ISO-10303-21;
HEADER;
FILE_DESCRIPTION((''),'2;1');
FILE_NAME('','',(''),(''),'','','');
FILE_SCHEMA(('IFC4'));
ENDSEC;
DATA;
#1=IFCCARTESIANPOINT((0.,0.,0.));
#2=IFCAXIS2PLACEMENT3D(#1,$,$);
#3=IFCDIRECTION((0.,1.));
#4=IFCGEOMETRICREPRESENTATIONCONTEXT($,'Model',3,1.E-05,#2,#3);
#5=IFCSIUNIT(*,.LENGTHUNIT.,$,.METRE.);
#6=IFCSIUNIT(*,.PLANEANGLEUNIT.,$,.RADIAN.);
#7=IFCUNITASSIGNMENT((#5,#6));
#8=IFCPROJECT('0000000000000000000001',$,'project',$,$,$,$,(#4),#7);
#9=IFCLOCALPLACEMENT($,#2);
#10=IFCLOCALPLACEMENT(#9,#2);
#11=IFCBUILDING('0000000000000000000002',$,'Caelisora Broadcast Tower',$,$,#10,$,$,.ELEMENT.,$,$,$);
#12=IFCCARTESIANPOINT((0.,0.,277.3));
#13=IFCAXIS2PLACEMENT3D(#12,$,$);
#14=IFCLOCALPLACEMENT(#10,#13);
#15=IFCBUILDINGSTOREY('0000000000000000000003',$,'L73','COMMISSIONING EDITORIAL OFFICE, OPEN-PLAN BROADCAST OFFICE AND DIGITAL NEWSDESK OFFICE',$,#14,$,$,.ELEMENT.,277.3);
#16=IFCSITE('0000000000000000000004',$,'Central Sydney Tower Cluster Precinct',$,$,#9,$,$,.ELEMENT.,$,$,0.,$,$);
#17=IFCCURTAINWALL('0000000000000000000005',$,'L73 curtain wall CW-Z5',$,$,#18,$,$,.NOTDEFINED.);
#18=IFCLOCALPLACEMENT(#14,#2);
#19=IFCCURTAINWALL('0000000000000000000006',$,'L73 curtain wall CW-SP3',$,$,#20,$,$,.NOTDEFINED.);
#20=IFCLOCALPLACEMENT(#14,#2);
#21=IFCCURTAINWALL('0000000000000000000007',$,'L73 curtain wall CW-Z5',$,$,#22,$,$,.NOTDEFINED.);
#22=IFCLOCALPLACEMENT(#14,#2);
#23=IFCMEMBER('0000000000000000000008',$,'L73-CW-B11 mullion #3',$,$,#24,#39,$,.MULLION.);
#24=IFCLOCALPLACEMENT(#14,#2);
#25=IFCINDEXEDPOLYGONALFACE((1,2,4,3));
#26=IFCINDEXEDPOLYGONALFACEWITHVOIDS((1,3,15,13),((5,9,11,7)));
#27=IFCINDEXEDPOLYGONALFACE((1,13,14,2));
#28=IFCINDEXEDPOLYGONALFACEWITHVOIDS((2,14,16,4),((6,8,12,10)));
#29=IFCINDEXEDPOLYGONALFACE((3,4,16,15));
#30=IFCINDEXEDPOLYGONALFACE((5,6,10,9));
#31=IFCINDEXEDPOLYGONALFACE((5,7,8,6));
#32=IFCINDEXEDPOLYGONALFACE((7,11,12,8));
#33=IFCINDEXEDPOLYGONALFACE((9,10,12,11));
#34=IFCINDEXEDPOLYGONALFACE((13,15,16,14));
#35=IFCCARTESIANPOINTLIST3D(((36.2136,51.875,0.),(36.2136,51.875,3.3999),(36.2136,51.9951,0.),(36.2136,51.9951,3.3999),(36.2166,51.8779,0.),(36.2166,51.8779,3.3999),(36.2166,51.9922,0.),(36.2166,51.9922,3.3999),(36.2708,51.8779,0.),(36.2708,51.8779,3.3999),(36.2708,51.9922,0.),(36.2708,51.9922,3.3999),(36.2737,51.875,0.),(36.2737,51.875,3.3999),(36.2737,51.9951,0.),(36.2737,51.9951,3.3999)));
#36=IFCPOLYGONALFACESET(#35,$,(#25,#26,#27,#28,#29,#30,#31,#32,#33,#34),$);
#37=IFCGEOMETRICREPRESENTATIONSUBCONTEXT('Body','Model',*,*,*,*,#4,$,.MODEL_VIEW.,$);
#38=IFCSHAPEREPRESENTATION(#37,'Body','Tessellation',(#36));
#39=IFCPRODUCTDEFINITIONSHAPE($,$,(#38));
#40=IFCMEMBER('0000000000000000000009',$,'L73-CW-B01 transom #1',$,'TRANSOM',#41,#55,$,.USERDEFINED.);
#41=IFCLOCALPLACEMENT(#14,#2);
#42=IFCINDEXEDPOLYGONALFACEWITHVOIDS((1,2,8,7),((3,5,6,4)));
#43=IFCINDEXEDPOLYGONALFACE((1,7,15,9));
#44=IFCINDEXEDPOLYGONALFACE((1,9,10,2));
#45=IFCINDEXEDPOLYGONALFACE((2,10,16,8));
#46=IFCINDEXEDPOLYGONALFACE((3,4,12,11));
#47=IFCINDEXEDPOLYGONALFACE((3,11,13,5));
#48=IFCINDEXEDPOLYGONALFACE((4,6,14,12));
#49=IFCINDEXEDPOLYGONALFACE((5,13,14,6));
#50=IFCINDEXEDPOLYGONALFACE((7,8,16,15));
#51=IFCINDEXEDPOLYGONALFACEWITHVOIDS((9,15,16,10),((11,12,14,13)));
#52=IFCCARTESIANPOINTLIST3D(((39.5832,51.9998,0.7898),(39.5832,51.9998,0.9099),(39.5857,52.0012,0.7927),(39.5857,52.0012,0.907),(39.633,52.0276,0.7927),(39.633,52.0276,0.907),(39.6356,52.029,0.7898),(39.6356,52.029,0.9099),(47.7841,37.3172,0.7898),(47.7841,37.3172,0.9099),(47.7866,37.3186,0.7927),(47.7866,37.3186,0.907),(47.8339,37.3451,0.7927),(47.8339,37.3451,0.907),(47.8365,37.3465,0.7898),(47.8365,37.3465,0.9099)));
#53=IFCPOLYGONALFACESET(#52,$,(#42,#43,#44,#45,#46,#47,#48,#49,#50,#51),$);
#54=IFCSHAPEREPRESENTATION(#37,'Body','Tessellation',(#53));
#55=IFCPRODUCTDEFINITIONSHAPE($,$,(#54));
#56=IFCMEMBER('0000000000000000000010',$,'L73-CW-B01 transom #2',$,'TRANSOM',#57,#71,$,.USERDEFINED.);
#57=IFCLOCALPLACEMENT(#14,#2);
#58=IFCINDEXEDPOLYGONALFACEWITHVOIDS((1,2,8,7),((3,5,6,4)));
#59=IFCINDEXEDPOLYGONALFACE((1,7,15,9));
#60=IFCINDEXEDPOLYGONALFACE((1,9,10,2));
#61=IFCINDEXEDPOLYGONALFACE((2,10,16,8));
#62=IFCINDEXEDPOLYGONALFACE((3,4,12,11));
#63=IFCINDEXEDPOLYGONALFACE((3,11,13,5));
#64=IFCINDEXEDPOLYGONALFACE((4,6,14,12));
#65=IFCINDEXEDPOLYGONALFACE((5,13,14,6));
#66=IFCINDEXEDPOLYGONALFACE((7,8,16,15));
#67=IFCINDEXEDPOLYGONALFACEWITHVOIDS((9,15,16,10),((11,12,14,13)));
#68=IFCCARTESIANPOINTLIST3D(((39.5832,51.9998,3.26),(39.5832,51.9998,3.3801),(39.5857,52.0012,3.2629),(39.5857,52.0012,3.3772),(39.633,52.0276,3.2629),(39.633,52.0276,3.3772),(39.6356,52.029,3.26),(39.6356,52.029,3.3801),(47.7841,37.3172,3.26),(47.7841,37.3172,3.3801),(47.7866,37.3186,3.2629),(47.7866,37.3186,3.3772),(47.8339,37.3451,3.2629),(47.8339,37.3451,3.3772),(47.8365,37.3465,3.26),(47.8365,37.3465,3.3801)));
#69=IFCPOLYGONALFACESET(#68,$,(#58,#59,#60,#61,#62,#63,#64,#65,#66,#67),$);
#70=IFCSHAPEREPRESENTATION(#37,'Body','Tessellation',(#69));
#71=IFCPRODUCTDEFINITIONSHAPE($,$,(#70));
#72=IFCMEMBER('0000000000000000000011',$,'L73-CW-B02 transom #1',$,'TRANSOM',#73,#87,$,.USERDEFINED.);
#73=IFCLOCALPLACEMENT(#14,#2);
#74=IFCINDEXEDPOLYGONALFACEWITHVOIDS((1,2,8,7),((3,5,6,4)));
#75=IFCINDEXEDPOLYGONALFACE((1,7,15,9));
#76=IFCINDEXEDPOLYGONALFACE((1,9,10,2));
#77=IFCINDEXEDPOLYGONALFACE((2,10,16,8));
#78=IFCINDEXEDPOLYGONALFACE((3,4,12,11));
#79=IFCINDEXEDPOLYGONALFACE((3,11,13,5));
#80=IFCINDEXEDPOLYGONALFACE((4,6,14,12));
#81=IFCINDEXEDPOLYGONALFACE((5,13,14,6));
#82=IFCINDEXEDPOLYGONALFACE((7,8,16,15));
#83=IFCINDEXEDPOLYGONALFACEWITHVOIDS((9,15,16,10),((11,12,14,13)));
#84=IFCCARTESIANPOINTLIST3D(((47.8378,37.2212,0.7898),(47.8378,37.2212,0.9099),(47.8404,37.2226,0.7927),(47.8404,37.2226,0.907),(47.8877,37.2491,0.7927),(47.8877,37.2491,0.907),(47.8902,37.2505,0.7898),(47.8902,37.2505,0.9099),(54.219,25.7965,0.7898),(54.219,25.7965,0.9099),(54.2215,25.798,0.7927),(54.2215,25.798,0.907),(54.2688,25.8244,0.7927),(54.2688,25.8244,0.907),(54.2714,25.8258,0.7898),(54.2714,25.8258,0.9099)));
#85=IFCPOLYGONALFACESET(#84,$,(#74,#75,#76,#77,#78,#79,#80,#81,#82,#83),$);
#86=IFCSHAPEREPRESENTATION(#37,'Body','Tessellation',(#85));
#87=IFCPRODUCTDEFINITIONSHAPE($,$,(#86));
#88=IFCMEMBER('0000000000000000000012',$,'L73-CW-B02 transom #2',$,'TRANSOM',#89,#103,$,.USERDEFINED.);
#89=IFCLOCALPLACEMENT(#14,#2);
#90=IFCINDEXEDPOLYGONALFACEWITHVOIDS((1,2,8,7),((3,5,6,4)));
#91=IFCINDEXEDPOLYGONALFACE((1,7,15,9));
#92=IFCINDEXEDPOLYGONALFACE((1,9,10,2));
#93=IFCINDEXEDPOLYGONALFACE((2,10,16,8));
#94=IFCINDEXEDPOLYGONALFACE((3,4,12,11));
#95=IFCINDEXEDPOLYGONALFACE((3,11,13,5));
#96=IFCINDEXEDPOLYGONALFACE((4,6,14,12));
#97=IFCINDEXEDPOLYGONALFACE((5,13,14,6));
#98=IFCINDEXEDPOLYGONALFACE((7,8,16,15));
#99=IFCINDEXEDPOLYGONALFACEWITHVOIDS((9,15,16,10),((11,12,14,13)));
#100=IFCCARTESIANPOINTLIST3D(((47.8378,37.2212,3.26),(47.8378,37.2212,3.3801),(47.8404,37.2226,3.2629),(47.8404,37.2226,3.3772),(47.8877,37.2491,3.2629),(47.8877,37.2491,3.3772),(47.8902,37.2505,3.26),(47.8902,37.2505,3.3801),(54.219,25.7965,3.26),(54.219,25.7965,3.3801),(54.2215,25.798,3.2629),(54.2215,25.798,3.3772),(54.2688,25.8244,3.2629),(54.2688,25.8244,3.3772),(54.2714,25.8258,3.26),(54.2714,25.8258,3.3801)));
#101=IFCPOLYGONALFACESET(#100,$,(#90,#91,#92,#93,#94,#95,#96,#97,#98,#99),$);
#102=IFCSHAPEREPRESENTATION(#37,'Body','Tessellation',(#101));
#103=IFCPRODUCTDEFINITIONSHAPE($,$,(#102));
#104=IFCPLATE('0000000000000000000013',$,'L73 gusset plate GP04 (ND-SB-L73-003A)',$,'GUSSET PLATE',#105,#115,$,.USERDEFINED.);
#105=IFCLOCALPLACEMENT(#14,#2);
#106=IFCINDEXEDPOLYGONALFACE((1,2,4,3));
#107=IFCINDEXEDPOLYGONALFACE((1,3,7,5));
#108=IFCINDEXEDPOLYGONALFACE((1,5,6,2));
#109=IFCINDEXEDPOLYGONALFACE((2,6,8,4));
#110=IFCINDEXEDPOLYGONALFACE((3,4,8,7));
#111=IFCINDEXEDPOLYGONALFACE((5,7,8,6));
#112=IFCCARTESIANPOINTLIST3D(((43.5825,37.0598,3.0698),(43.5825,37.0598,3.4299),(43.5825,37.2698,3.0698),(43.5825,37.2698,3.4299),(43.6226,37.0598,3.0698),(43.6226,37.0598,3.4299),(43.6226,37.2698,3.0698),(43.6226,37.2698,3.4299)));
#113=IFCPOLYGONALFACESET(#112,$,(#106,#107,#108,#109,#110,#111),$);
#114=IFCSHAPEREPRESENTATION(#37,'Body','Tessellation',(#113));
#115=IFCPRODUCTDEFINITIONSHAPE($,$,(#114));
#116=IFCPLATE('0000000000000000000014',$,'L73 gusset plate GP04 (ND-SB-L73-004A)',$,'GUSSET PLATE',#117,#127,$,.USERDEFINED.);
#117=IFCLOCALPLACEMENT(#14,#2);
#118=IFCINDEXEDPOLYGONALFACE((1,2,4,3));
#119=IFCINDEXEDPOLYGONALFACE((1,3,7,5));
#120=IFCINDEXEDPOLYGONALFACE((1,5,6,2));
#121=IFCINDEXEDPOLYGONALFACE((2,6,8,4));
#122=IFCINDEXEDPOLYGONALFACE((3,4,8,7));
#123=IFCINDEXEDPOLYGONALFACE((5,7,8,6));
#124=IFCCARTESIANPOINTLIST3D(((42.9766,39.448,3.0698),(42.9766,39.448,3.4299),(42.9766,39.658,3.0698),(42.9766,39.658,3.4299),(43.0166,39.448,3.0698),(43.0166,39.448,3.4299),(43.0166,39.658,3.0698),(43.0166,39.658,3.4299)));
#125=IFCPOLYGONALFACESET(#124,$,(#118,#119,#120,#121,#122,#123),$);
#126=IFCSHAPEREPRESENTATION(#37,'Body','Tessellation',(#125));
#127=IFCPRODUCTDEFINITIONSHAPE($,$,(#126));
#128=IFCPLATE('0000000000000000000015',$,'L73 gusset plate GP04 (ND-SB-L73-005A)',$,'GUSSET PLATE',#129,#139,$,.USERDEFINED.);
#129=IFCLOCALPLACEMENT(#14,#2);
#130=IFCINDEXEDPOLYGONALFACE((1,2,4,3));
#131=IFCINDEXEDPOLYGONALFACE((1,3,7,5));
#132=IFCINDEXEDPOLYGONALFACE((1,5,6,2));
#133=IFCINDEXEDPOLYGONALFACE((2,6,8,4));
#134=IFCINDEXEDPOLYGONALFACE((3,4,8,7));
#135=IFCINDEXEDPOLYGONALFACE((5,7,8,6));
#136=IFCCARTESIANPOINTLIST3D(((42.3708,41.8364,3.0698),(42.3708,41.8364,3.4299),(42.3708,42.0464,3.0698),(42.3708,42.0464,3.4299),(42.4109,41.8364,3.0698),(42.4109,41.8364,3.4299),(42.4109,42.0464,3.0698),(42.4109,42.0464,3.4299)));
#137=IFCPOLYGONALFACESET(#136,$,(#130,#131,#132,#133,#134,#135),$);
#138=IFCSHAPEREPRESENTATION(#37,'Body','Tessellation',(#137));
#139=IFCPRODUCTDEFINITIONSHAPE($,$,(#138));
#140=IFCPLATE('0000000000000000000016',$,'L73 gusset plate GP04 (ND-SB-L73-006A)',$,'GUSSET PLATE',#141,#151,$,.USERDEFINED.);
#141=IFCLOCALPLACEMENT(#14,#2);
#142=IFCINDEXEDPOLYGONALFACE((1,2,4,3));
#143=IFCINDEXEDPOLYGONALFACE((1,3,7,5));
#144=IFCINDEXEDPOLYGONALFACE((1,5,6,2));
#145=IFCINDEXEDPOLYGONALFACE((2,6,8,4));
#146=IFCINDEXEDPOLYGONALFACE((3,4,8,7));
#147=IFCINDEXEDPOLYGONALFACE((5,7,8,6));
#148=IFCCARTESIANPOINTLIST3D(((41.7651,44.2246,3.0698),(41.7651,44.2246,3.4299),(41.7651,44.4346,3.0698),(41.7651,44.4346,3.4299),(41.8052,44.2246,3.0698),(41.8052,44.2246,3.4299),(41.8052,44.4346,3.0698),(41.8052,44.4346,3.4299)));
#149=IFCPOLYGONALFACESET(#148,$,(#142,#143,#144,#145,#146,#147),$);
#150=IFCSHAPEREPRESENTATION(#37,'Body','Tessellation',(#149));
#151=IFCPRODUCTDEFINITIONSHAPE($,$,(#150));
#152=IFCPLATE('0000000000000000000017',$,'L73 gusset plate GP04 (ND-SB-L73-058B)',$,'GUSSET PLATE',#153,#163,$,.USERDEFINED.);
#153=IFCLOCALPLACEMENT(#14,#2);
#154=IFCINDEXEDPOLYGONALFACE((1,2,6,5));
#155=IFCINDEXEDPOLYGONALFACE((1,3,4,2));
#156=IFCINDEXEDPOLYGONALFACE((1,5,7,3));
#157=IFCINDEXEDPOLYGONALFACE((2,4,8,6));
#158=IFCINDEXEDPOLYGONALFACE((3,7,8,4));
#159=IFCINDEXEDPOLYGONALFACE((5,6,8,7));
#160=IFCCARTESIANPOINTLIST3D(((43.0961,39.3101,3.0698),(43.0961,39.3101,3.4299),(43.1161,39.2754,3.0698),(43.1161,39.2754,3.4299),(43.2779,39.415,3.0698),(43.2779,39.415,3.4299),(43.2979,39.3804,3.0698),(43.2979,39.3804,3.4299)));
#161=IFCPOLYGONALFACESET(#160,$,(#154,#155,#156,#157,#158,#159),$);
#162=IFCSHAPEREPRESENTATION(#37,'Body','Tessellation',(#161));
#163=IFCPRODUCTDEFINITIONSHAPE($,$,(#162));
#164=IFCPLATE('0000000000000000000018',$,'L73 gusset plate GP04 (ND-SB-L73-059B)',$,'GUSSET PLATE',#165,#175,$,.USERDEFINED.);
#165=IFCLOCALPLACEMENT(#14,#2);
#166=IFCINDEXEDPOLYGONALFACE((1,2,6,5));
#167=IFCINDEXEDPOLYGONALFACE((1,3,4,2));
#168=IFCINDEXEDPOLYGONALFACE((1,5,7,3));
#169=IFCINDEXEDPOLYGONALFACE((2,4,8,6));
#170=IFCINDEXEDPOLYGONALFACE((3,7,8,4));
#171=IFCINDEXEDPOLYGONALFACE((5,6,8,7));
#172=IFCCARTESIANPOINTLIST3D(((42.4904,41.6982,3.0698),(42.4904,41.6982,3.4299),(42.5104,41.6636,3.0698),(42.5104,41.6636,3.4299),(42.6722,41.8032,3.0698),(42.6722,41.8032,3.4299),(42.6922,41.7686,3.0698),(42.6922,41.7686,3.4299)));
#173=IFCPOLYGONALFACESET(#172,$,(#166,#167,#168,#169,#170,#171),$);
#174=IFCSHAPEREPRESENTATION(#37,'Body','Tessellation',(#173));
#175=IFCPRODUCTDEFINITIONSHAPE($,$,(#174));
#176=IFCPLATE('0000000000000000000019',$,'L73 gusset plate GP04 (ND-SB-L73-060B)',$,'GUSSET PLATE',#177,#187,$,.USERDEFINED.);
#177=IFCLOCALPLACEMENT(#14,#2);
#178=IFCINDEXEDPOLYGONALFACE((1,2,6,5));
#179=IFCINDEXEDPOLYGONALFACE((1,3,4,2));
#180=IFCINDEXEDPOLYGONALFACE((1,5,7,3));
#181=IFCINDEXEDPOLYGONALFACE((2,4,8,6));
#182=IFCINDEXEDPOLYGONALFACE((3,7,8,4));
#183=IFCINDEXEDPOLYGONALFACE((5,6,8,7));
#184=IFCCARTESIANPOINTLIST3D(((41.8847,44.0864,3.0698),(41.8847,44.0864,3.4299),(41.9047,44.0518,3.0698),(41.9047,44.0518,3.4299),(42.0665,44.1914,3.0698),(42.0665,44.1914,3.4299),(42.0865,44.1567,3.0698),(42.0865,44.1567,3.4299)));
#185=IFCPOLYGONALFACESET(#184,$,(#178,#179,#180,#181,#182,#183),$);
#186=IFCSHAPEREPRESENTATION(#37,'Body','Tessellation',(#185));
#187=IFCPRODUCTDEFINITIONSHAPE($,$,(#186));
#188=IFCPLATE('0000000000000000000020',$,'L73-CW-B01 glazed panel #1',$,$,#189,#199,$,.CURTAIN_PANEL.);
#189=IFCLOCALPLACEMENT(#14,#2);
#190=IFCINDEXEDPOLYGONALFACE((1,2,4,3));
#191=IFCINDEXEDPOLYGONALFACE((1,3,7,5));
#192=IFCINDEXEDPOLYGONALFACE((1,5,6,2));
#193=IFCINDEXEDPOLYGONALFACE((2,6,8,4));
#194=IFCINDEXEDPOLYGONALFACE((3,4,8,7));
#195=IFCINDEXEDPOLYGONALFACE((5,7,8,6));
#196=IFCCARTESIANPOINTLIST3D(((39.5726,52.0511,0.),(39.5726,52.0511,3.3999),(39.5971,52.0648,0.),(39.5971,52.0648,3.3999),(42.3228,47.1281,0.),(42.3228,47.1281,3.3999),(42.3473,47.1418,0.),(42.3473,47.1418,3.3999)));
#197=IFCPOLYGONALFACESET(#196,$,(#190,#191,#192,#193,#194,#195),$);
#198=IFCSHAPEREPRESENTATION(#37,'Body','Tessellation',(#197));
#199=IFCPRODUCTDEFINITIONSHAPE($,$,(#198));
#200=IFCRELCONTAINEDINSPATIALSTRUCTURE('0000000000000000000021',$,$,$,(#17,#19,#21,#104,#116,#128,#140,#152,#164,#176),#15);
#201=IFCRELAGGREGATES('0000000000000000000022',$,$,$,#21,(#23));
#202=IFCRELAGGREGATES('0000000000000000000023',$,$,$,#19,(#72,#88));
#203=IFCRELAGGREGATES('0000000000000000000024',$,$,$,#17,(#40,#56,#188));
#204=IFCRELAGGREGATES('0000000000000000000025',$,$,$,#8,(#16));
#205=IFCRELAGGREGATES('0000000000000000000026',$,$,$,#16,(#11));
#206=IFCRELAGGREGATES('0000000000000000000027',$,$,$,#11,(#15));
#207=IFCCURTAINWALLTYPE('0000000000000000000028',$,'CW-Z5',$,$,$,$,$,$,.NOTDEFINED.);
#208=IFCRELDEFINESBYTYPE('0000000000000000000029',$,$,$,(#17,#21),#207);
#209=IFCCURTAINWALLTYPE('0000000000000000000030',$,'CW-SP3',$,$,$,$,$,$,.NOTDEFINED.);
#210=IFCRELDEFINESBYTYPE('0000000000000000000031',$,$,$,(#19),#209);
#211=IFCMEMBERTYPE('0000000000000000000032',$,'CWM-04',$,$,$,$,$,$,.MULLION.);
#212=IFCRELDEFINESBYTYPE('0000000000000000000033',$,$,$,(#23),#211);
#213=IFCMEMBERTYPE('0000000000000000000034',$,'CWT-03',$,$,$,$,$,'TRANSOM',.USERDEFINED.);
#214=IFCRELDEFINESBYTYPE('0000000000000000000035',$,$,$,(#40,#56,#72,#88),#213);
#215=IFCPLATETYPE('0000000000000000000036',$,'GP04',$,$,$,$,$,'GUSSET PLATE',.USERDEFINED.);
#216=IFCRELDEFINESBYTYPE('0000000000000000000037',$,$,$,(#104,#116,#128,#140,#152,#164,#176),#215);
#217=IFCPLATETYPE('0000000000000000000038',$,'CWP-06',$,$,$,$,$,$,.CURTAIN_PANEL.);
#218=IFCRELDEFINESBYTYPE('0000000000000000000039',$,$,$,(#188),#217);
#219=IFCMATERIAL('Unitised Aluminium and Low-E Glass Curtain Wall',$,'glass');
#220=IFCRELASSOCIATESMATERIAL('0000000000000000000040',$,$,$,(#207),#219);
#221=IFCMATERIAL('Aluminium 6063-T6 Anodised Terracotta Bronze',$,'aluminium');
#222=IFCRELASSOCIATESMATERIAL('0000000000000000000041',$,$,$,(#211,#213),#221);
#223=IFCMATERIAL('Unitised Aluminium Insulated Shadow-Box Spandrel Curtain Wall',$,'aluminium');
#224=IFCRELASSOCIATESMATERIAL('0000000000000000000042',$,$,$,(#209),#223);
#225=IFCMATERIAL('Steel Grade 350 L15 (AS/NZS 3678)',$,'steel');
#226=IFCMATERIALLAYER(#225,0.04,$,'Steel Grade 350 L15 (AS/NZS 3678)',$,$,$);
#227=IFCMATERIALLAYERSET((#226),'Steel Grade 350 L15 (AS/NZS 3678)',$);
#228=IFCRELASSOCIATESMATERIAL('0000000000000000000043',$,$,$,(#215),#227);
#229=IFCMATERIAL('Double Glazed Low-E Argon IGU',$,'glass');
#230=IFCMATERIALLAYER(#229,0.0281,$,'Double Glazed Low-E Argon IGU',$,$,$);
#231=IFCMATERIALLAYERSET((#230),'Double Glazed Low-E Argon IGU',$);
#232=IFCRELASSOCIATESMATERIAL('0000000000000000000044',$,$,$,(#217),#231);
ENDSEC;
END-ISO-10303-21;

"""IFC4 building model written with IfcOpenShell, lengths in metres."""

from ifc_helpers import new_model, si_unit, direction, frame, origin, origin_2d, place, context, subcontext, project, spatial, rectangle, hollow_rectangle, extrude, source, transform, mapped, material, layer, layer_set, material_profile, profile_set, type_object, type_shapes, element, aggregate, save


model = new_model("IFC4")

# Units and contexts
model_context = context("Model", 3, precision=1e-05, world=origin(), true_north=direction((0.0, 1.0)))
body_context = subcontext(model_context, "Body", "Model", "MODEL_VIEW")
ifc_project = project(units=[si_unit("LENGTHUNIT", "METRE"), si_unit("PLANEANGLEUNIT", "RADIAN")], contexts=[model_context])

# Site, building, storey
site_placement = place(None, origin())
site = spatial("IfcSite", under=ifc_project, at=site_placement, Name="Central Sydney Tower Cluster Precinct", CompositionType="ELEMENT", RefElevation=0.0)
building_placement = place(site_placement, origin())
building = spatial("IfcBuilding", under=site, at=building_placement, Name="Caelisora Broadcast Tower", CompositionType="ELEMENT")
storey_placement = place(building_placement, frame((0.0, 0.0, 277.3)))
storey = spatial("IfcBuildingStorey", under=building, at=storey_placement, Name="L73", Description="COMMISSIONING EDITORIAL OFFICE, OPEN-PLAN BROADCAST OFFICE AND DIGITAL NEWSDESK OFFICE", CompositionType="ELEMENT", Elevation=277.3)

# Shared definitions
ifc_material_1 = material(Name="Steel Grade 350 L15 (AS/NZS 3678)", Category="steel")

# Curtain wall
ifc_material_2 = material(Name="Unitised Aluminium and Low-E Glass Curtain Wall", Category="glass")
curtain_wall_type_1 = type_object("IfcCurtainWallType", Name="CW-Z5", PredefinedType="NOTDEFINED", material=ifc_material_2)
curtain_wall_1_placement = place(storey_placement, origin())
curtain_wall_1 = element("IfcCurtainWall", 1, at=curtain_wall_1_placement, inside=storey, type_object=curtain_wall_type_1, Name="L73 curtain wall CW-Z5", PredefinedType="NOTDEFINED")
ifc_material_3 = material(Name="Aluminium 6063-T6 Anodised Terracotta Bronze", Category="aluminium")
ifc_material_profile_1 = material_profile(ifc_material_3, hollow_rectangle(XDim=0.0601, YDim=0.1201, WallThickness=0.0029, at=origin_2d()), Name="Aluminium 6063-T6 Anodised Terracotta Bronze")
ifc_profile_set_1 = profile_set([ifc_material_profile_1], Name="Aluminium 6063-T6 Anodised Terracotta Bronze")
member_type_1 = type_object("IfcMemberType", Name="CWM-04", PredefinedType="MULLION", material=ifc_profile_set_1)
shared_shape_1 = source(origin(), body_context, "Body", "SweptSolid", [
    extrude(hollow_rectangle(XDim=0.0601, YDim=0.1201, WallThickness=0.0029, at=origin_2d()), origin(), (0.0, 0.0, 1.0), 3.3999),
])
type_shapes(member_type_1, [shared_shape_1])

# Curtain walls, member
ifc_material_4 = material(Name="Unitised Aluminium Insulated Shadow-Box Spandrel Curtain Wall", Category="aluminium")
curtain_wall_type_2 = type_object("IfcCurtainWallType", Name="CW-SP3", PredefinedType="NOTDEFINED", material=ifc_material_4)
curtain_wall_2_placement = place(storey_placement, origin())
curtain_wall_2 = element("IfcCurtainWall", 2, at=curtain_wall_2_placement, inside=storey, type_object=curtain_wall_type_2, Name="L73 curtain wall CW-SP3", PredefinedType="NOTDEFINED")
curtain_wall_3_placement = place(storey_placement, origin())
curtain_wall_3 = element("IfcCurtainWall", 3, at=curtain_wall_3_placement, inside=storey, type_object=curtain_wall_type_1, Name="L73 curtain wall CW-Z5", PredefinedType="NOTDEFINED")
member_1_placement = place(storey_placement, frame((36.2437, 51.9351, 0.0), z_axis=(0.0, 0.0, 1.0), x_axis=(1.0, 0.0, 0.0)))
member_1 = element("IfcMember", 4, at=member_1_placement, type_object=member_type_1, Name="L73-CW-B11 mullion #3", PredefinedType="MULLION", context=body_context, shape_type="MappedRepresentation", body=[
    mapped(shared_shape_1, transform((0.0, 0.0, 0.0), scale=1.0)),
])
aggregate(curtain_wall_3, [member_1])

# Members
ifc_material_profile_2 = material_profile(ifc_material_3, hollow_rectangle(XDim=0.0601, YDim=0.1201, WallThickness=0.0029, at=origin_2d()), Name="Aluminium 6063-T6 Anodised Terracotta Bronze")
ifc_profile_set_2 = profile_set([ifc_material_profile_2], Name="Aluminium 6063-T6 Anodised Terracotta Bronze")
member_type_2 = type_object("IfcMemberType", Name="CWT-03", ElementType="TRANSOM", PredefinedType="USERDEFINED", material=ifc_profile_set_2)
shared_shape_2 = source(origin(), body_context, "Body", "SweptSolid", [
    extrude(hollow_rectangle(XDim=0.0601, YDim=0.1201, WallThickness=0.0029, at=origin_2d()), origin(), (0.0, 0.0, 1.0), 16.8176),
])
member_2_placement = place(storey_placement, frame((39.6094, 52.0144, 0.8499), z_axis=(0.487637, -0.873046, 0.0), x_axis=(0.873046, 0.487637, 0.0)))
member_2 = element("IfcMember", 5, at=member_2_placement, type_object=member_type_2, Name="L73-CW-B01 transom #1", ObjectType="TRANSOM", PredefinedType="USERDEFINED", context=body_context, shape_type="MappedRepresentation", body=[
    mapped(shared_shape_2, transform((0.0, 0.0, 0.0), scale=1.0)),
])
member_3_placement = place(storey_placement, frame((39.6094, 52.0144, 3.3201), z_axis=(0.487637, -0.873046, 0.0), x_axis=(0.873046, 0.487637, 0.0)))
member_3 = element("IfcMember", 6, at=member_3_placement, type_object=member_type_2, Name="L73-CW-B01 transom #2", ObjectType="TRANSOM", PredefinedType="USERDEFINED", context=body_context, shape_type="MappedRepresentation", body=[
    mapped(shared_shape_2, transform((0.0, 0.0, 0.0), scale=1.0)),
])
shared_shape_3 = source(origin(), body_context, "Body", "SweptSolid", [
    extrude(hollow_rectangle(XDim=0.0601, YDim=0.1201, WallThickness=0.0029, at=origin_2d()), origin(), (0.0, 0.0, 1.0), 13.0859),
])
type_shapes(member_type_2, [shared_shape_2, shared_shape_3])
member_4_placement = place(storey_placement, frame((47.864, 37.2358, 0.8499), z_axis=(0.487634, -0.873048, 0.0), x_axis=(0.873048, 0.487634, 0.0)))
member_4 = element("IfcMember", 7, at=member_4_placement, type_object=member_type_2, Name="L73-CW-B02 transom #1", ObjectType="TRANSOM", PredefinedType="USERDEFINED", context=body_context, shape_type="MappedRepresentation", body=[
    mapped(shared_shape_3, transform((0.0, 0.0, 0.0), scale=1.0)),
])
member_5_placement = place(storey_placement, frame((47.864, 37.2358, 3.3201), z_axis=(0.487634, -0.873048, 0.0), x_axis=(0.873048, 0.487634, 0.0)))
member_5 = element("IfcMember", 8, at=member_5_placement, type_object=member_type_2, Name="L73-CW-B02 transom #2", ObjectType="TRANSOM", PredefinedType="USERDEFINED", context=body_context, shape_type="MappedRepresentation", body=[
    mapped(shared_shape_3, transform((0.0, 0.0, 0.0), scale=1.0)),
])
aggregate(curtain_wall_2, [member_4, member_5])

# Plates
ifc_layer_1 = layer(ifc_material_1, 0.04, Name="Steel Grade 350 L15 (AS/NZS 3678)")
ifc_layer_set_1 = layer_set([ifc_layer_1], Name="Steel Grade 350 L15 (AS/NZS 3678)")
plate_type_1 = type_object("IfcPlateType", Name="GP04", ElementType="GUSSET PLATE", PredefinedType="USERDEFINED", material=ifc_layer_set_1)
shared_shape_4 = source(origin(), body_context, "Body", "SweptSolid", [
    extrude(rectangle(XDim=0.21, YDim=0.04, at=origin_2d()), origin(), (0.0, 0.0, 1.0), 0.3601),
])
type_shapes(plate_type_1, [shared_shape_4])
for number, where, z_axis, x_axis, name in (
    (9, (43.6025, 37.1648, 3.0698), (0.0, 0.0, 1.0), (0.0, -1.0, 0.0), "L73 gusset plate GP04 (ND-SB-L73-003A)"),
    (10, (42.9966, 39.553, 3.0698), (0.0, 0.0, 1.0), (0.0, -1.0, 0.0), "L73 gusset plate GP04 (ND-SB-L73-004A)"),
    (11, (42.3909, 41.9414, 3.0698), (0.0, 0.0, 1.0), (0.0, -1.0, 0.0), "L73 gusset plate GP04 (ND-SB-L73-005A)"),
    (12, (41.7852, 44.3296, 3.0698), (0.0, 0.0, 1.0), (0.0, -1.0, 0.0), "L73 gusset plate GP04 (ND-SB-L73-006A)"),
    (13, (43.197, 39.3452, 3.0698), (0.0, 0.0, 1.0), (-0.866025, -0.5, 0.0), "L73 gusset plate GP04 (ND-SB-L73-058B)"),
    (14, (42.5913, 41.7334, 3.0698), (0.0, 0.0, 1.0), (-0.866025, -0.5, 0.0), "L73 gusset plate GP04 (ND-SB-L73-059B)"),
    (15, (41.9856, 44.1216, 3.0698), (0.0, 0.0, 1.0), (-0.866025, -0.5, 0.0), "L73 gusset plate GP04 (ND-SB-L73-060B)"),
):
    element("IfcPlate", number, at=place(storey_placement, frame(where, z_axis=z_axis, x_axis=x_axis)), inside=storey, type_object=plate_type_1, Name=name, ObjectType="GUSSET PLATE", PredefinedType="USERDEFINED", context=body_context, shape_type="MappedRepresentation", body=[
        mapped(shared_shape_4, transform((0.0, 0.0, 0.0), scale=1.0)),
    ])

# Plate
ifc_material_5 = material(Name="Double Glazed Low-E Argon IGU", Category="glass")
ifc_layer_2 = layer(ifc_material_5, 0.0281, Name="Double Glazed Low-E Argon IGU")
ifc_layer_set_2 = layer_set([ifc_layer_2], Name="Double Glazed Low-E Argon IGU")
plate_type_2 = type_object("IfcPlateType", Name="CWP-06", PredefinedType="CURTAIN_PANEL", material=ifc_layer_set_2)
shared_shape_5 = source(origin(), body_context, "Body", "SweptSolid", [
    extrude(rectangle(XDim=5.6392, YDim=0.0281, at=origin_2d()), origin(), (0.0, 0.0, 1.0), 3.3999),
])
type_shapes(plate_type_2, [shared_shape_5])
plate_1_placement = place(storey_placement, frame((40.96, 49.5964, 0.0), z_axis=(0.0, 0.0, 1.0), x_axis=(0.487707, -0.873007, 0.0)))
plate_1 = element("IfcPlate", 16, at=plate_1_placement, type_object=plate_type_2, Name="L73-CW-B01 glazed panel #1", PredefinedType="CURTAIN_PANEL", context=body_context, shape_type="MappedRepresentation", body=[
    mapped(shared_shape_5, transform((0.0, 0.0, 0.0), scale=1.0)),
])
aggregate(curtain_wall_1, [member_2, member_3, plate_1])

save(model, "model.ifc")
